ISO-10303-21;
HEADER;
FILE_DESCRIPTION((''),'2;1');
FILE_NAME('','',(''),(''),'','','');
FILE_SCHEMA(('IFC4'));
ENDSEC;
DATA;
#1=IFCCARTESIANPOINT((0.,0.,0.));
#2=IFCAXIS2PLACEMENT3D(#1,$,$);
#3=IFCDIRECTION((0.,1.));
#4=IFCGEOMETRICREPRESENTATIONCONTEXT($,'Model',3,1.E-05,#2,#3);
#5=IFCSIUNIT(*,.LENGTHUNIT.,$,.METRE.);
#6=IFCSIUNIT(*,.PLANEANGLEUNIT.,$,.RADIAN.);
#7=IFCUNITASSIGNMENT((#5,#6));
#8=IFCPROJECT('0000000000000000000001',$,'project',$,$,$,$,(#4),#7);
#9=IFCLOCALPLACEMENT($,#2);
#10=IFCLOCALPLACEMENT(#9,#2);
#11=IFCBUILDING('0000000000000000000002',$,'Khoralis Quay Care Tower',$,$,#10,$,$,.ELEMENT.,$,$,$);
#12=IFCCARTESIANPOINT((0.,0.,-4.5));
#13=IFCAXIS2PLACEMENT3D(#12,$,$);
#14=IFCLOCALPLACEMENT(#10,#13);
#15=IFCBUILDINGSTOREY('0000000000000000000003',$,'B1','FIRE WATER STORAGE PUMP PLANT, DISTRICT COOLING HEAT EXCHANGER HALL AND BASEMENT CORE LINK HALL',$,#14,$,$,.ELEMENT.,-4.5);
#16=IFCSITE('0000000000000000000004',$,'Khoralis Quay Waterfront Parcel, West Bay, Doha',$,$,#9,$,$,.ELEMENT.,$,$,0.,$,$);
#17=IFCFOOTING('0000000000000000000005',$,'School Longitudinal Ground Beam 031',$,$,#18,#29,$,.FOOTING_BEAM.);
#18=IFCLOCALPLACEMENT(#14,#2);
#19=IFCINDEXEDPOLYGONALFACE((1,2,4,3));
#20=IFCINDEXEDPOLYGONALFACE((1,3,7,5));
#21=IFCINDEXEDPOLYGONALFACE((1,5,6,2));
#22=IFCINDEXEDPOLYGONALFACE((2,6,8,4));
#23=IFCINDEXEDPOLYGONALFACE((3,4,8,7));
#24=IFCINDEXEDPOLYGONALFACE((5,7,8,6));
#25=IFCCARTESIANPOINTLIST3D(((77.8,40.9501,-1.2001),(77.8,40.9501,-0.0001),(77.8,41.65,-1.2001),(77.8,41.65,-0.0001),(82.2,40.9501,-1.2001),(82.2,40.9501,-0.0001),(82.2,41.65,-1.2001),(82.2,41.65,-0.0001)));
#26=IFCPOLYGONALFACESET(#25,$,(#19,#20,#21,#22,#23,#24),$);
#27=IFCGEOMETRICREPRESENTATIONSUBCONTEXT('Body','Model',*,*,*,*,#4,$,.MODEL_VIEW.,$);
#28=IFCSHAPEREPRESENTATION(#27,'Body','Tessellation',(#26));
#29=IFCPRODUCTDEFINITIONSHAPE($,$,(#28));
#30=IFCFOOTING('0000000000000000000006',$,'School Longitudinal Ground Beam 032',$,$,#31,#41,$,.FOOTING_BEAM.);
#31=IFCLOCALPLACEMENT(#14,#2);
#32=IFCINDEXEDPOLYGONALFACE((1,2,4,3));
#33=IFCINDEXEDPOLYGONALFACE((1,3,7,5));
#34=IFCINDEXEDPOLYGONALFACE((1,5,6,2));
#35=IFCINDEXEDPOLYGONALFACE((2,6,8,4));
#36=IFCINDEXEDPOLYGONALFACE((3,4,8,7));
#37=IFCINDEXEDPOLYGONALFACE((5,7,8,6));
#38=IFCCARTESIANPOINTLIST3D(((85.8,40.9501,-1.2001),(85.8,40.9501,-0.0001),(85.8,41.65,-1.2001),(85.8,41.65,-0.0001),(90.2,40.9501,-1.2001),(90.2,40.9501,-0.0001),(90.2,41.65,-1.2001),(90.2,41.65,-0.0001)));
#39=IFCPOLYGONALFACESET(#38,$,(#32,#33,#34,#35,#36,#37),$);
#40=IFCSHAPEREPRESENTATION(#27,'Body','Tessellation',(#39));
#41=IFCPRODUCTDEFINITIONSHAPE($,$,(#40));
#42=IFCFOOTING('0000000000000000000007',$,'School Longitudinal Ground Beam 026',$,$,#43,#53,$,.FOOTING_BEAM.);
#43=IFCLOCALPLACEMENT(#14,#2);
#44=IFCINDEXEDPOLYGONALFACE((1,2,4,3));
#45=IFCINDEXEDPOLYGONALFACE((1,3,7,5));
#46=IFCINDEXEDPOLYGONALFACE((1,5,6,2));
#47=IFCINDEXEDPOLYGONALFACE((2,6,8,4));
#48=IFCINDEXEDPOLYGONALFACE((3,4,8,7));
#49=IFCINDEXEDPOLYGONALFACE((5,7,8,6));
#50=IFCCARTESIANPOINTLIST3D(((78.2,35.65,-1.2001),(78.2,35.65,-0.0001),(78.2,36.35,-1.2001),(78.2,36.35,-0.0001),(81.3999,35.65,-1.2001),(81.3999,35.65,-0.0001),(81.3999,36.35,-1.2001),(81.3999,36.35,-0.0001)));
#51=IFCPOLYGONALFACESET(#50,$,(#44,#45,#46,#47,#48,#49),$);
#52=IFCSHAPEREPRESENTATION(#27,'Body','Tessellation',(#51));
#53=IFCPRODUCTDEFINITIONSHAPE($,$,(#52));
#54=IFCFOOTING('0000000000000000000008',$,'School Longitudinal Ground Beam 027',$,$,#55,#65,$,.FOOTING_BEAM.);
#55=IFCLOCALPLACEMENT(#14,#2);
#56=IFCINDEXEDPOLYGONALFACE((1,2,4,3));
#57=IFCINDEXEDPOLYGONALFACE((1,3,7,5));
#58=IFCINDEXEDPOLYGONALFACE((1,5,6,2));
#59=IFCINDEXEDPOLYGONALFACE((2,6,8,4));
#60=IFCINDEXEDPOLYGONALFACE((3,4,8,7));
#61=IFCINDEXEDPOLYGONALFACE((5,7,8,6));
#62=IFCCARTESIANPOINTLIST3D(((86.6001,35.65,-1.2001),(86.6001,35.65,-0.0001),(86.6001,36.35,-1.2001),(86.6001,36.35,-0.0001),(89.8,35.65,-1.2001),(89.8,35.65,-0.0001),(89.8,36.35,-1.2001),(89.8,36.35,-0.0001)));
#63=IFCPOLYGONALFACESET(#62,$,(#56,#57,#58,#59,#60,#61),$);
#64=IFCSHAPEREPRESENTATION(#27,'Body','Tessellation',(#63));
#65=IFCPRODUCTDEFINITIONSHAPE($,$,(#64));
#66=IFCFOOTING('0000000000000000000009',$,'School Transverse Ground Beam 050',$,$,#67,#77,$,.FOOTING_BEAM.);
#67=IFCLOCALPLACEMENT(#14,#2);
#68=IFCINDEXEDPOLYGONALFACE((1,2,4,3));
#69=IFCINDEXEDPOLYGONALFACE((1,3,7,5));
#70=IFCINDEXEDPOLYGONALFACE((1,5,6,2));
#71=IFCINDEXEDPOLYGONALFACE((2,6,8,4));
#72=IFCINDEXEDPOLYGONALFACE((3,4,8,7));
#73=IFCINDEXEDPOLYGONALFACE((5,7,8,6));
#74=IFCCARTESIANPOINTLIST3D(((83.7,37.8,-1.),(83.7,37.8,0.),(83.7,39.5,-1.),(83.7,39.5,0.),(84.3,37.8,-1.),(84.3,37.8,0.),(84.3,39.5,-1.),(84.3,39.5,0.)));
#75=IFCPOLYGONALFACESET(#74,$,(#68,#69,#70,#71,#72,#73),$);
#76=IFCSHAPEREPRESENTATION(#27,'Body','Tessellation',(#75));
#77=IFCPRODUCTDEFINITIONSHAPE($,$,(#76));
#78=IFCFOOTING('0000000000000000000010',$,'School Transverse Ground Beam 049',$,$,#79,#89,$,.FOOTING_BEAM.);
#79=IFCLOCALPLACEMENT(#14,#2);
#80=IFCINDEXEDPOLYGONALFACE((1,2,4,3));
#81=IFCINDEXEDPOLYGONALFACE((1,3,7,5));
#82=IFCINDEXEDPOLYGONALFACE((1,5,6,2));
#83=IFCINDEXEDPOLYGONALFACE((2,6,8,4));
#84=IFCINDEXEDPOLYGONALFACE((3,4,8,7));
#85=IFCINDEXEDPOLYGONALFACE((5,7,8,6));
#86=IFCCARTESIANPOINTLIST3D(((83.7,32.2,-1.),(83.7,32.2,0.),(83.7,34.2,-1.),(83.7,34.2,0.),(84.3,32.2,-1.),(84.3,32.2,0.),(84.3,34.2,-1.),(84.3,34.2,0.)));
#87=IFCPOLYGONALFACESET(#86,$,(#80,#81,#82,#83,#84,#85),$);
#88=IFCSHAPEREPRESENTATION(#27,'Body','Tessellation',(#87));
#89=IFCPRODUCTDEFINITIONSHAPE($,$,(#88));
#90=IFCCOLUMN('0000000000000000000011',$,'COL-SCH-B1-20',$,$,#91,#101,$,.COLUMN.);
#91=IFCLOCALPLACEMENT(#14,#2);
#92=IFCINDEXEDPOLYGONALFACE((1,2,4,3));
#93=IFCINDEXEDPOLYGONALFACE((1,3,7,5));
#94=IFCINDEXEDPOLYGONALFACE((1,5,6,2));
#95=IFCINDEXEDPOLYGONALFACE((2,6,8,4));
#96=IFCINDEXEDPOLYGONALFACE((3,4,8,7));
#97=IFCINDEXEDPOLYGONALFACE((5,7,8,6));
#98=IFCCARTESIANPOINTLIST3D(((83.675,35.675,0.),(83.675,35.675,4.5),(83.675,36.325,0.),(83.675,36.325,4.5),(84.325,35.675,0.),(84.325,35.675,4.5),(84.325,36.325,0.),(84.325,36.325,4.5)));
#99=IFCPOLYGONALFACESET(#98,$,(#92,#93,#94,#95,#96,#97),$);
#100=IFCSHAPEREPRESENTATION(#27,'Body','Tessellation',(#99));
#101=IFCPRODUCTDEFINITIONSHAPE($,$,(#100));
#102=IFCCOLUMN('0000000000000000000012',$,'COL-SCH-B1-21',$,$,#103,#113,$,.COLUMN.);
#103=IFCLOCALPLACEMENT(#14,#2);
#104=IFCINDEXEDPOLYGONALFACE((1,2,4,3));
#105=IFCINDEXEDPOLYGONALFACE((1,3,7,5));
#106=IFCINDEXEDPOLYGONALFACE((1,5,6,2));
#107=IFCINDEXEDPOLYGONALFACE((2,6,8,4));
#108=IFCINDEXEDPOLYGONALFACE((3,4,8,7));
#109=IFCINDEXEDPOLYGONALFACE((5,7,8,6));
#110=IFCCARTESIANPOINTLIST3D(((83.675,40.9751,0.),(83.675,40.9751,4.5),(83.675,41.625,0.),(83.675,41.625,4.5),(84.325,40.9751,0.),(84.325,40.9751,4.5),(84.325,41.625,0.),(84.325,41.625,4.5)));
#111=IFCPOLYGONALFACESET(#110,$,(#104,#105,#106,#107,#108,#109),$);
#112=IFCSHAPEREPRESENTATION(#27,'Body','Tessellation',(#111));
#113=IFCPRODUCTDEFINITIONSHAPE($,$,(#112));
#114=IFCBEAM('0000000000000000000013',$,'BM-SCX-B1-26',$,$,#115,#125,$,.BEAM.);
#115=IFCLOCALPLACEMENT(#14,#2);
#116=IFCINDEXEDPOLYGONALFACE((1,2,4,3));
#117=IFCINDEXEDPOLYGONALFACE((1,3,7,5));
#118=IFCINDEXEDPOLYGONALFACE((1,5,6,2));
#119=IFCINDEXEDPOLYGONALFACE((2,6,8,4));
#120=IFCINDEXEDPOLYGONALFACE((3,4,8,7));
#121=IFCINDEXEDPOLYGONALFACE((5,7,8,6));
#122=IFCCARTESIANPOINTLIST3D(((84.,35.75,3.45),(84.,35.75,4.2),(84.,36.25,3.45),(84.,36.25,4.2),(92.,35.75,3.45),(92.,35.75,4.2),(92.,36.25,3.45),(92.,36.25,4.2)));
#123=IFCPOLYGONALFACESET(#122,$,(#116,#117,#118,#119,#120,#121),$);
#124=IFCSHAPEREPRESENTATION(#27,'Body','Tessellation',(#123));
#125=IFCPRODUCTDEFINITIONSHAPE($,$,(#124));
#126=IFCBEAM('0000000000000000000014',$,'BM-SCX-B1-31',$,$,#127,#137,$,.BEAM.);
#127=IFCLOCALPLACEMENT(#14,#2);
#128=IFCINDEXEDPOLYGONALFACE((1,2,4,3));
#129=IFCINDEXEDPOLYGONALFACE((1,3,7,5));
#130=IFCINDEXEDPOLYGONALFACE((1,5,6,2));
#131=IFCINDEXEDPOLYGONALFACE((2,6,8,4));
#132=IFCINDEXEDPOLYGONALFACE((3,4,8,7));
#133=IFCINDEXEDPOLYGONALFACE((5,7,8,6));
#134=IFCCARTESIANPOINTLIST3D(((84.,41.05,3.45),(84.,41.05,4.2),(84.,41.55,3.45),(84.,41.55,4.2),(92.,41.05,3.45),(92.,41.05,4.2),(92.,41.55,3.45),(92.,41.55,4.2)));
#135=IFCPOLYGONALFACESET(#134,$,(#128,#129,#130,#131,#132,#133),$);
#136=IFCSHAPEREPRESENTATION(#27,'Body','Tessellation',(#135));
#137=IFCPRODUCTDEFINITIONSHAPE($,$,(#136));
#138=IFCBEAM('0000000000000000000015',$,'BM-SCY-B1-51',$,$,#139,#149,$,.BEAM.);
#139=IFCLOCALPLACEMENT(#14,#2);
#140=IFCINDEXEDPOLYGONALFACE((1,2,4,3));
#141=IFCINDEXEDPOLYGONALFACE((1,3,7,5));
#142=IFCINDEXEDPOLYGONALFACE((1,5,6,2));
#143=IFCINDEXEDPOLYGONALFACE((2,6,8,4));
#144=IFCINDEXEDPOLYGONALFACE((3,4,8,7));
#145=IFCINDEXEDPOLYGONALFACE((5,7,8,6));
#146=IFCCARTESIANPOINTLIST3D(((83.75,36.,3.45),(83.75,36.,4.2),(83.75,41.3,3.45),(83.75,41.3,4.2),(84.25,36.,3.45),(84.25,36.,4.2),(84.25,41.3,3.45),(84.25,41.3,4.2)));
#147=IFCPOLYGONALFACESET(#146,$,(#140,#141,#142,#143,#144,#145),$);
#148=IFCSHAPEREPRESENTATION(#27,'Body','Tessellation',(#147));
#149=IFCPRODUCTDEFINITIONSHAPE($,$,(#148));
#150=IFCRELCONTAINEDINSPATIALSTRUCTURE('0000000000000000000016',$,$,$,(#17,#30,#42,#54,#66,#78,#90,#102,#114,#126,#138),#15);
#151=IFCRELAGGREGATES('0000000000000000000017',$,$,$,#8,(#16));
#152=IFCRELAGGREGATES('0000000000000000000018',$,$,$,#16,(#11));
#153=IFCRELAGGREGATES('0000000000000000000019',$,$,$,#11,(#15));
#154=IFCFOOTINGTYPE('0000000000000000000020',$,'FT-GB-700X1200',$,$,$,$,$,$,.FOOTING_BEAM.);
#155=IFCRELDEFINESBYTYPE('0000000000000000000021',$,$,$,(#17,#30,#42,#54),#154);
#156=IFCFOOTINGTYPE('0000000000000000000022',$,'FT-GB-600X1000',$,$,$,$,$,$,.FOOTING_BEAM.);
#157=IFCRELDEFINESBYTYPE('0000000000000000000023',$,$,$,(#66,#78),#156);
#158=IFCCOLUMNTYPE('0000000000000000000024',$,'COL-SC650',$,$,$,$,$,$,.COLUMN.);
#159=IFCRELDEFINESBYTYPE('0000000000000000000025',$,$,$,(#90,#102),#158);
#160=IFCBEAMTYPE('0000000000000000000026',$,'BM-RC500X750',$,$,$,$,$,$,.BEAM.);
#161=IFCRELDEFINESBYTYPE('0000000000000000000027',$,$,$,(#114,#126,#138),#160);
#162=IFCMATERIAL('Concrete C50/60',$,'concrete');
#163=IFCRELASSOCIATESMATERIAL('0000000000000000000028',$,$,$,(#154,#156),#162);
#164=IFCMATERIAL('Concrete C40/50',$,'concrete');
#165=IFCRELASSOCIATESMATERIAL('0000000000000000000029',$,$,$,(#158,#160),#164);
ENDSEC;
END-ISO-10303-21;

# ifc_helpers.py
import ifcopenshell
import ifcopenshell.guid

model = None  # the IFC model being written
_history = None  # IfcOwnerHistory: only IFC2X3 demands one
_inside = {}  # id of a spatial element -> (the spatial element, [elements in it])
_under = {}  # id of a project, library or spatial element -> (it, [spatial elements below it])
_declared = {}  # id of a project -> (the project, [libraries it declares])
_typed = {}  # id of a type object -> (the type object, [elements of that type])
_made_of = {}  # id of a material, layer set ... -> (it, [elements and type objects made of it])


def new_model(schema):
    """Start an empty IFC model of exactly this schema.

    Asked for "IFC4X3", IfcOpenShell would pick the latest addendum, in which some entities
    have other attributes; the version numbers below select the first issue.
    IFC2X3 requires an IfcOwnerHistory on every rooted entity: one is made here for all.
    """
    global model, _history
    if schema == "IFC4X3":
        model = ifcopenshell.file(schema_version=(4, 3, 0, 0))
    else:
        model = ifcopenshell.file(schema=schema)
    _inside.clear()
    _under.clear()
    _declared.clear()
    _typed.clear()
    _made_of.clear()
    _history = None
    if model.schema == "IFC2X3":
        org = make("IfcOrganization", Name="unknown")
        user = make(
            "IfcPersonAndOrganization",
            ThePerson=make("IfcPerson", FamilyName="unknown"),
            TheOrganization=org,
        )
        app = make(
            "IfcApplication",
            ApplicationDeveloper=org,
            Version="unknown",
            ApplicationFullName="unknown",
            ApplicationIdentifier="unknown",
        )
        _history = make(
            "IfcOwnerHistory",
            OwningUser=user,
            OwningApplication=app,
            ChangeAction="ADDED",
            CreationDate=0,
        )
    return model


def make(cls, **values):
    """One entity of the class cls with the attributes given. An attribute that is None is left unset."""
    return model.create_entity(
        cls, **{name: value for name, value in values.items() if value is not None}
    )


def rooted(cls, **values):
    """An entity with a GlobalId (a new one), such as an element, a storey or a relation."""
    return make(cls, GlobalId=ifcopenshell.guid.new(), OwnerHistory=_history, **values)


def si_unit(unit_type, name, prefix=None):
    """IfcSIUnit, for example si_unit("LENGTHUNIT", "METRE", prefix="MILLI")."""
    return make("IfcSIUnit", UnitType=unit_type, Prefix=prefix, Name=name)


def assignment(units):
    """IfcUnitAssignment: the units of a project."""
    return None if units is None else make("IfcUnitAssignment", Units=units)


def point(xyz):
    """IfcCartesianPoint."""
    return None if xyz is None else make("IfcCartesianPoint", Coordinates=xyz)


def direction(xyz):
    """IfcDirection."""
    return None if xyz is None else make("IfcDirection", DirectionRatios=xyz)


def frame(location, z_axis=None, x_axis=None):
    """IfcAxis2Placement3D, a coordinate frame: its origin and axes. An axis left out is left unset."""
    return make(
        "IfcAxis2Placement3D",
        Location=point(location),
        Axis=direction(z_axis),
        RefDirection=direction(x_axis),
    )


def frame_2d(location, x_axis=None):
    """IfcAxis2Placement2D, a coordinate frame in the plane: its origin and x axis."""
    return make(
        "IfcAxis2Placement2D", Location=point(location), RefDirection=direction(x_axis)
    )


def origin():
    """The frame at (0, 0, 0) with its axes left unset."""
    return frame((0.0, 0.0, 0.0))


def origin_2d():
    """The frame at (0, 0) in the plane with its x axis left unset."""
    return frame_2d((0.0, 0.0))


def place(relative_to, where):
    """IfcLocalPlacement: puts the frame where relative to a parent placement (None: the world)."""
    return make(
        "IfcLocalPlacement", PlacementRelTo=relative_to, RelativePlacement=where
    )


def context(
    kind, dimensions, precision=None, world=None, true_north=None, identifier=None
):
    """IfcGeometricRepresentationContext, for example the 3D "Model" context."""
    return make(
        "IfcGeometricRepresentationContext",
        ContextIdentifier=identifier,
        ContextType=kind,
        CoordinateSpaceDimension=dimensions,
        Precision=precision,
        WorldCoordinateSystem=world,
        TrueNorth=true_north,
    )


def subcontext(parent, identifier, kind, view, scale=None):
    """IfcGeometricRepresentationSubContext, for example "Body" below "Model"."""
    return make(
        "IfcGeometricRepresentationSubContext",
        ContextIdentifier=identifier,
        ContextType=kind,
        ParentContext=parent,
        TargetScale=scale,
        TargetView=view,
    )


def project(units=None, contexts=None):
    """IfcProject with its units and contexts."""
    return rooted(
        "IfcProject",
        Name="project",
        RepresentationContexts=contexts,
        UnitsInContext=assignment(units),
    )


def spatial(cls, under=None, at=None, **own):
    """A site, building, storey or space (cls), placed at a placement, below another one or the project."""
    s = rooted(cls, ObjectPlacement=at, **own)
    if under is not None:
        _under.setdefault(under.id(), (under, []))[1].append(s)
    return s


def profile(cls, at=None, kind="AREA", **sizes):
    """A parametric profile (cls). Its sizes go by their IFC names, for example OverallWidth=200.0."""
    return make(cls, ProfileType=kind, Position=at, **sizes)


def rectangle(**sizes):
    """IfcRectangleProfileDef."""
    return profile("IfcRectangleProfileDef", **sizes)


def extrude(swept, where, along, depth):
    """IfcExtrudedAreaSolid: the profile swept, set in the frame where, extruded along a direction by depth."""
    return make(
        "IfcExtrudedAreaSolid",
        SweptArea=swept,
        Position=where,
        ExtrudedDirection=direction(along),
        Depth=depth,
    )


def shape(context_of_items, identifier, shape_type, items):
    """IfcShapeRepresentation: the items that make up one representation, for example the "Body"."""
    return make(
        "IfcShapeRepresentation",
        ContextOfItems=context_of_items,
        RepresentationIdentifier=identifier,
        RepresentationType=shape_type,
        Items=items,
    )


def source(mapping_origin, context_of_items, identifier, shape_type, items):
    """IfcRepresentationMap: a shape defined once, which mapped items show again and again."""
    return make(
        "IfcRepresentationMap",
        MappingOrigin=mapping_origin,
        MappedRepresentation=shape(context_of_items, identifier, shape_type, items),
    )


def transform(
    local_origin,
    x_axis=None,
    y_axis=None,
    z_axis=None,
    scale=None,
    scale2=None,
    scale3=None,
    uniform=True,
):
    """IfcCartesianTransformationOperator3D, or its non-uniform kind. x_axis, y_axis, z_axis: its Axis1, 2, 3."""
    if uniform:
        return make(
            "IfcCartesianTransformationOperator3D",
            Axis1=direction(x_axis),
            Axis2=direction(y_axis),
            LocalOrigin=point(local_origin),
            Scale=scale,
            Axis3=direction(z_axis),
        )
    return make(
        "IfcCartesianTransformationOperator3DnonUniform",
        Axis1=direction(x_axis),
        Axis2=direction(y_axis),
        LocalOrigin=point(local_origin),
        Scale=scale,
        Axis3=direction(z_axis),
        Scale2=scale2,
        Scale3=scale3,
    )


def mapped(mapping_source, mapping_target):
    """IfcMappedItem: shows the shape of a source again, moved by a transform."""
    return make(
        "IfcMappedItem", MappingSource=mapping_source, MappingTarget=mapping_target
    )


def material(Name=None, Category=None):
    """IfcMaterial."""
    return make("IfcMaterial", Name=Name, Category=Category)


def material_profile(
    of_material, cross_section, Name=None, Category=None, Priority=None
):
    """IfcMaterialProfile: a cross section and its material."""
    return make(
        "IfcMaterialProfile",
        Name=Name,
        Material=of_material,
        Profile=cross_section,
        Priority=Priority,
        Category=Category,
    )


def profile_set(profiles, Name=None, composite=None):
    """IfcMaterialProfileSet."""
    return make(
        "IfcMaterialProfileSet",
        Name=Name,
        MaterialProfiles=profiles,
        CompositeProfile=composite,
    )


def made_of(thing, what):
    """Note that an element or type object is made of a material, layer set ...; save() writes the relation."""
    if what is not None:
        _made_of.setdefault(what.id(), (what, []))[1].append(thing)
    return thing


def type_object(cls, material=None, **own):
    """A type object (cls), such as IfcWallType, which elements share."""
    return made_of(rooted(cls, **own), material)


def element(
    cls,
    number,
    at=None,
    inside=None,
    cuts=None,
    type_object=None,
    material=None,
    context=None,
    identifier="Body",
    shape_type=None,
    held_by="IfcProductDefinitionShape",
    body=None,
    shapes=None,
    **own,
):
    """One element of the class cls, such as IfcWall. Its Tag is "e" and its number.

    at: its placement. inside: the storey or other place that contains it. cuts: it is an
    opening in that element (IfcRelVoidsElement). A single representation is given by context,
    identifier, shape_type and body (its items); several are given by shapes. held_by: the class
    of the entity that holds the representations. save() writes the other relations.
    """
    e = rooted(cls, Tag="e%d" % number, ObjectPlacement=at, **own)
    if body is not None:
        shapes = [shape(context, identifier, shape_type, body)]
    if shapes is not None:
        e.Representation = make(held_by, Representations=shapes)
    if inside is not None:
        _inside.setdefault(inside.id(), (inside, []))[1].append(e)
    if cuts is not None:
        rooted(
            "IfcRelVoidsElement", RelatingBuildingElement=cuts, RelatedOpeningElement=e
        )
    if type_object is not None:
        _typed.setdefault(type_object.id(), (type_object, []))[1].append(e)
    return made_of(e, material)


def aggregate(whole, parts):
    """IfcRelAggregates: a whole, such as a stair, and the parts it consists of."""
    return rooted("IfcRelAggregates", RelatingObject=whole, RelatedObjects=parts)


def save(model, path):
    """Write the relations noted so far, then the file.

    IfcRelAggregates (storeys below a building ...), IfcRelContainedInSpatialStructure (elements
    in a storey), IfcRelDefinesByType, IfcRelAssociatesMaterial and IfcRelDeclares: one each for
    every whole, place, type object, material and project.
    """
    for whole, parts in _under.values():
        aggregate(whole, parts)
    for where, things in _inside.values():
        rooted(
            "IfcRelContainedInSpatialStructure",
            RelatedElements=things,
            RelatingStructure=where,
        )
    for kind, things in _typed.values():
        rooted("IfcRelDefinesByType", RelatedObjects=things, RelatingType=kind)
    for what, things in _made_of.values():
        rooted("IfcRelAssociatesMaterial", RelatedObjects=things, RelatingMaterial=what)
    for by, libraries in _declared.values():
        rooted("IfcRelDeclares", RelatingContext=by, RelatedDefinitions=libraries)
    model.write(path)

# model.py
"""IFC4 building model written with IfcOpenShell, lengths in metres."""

from ifc_helpers import new_model, si_unit, direction, frame, origin, origin_2d, place, context, subcontext, project, spatial, rectangle, extrude, source, transform, mapped, material, material_profile, profile_set, type_object, element, save


model = new_model("IFC4")

# Units and contexts
model_context = context("Model", 3, precision=1e-05, world=origin(), true_north=direction((0.0, 1.0)))
body_context = subcontext(model_context, "Body", "Model", "MODEL_VIEW")
ifc_project = project(units=[si_unit("LENGTHUNIT", "METRE"), si_unit("PLANEANGLEUNIT", "RADIAN")], contexts=[model_context])

# Site, building, storey
site_placement = place(None, origin())
site = spatial("IfcSite", under=ifc_project, at=site_placement, Name="Khoralis Quay Waterfront Parcel, West Bay, Doha", CompositionType="ELEMENT", RefElevation=0.0)
building_placement = place(site_placement, origin())
building = spatial("IfcBuilding", under=site, at=building_placement, Name="Khoralis Quay Care Tower", CompositionType="ELEMENT")
storey_placement = place(building_placement, frame((0.0, 0.0, -4.5)))
storey = spatial("IfcBuildingStorey", under=building, at=storey_placement, Name="B1", Description="FIRE WATER STORAGE PUMP PLANT, DISTRICT COOLING HEAT EXCHANGER HALL AND BASEMENT CORE LINK HALL", CompositionType="ELEMENT", Elevation=-4.5)

# Shared definitions
ifc_material_1 = material(Name="Concrete C50/60", Category="concrete")

# Footings
ifc_material_profile_1 = material_profile(ifc_material_1, rectangle(XDim=0.7, YDim=1.2, at=origin_2d()), Name="Concrete C50/60")
ifc_profile_set_1 = profile_set([ifc_material_profile_1], Name="Concrete C50/60")
footing_type_1 = type_object("IfcFootingType", Name="FT-GB-700X1200", PredefinedType="FOOTING_BEAM", material=ifc_profile_set_1)
shared_shape_1 = source(origin(), body_context, "Body", "SweptSolid", [
    extrude(rectangle(XDim=0.7, YDim=1.2, at=origin_2d()), origin(), (0.0, 0.0, 1.0), 4.3999),
])
for number, where, z_axis, x_axis, name in (
    (1, (77.8, 41.3, -0.6001), (1.0, 0.0, 0.0), (0.0, 1.0, 0.0), "School Longitudinal Ground Beam 031"),
    (2, (85.8, 41.3, -0.6001), (1.0, 0.0, 0.0), (0.0, 1.0, 0.0), "School Longitudinal Ground Beam 032"),
):
    element("IfcFooting", number, at=place(storey_placement, frame(where, z_axis=z_axis, x_axis=x_axis)), inside=storey, type_object=footing_type_1, Name=name, PredefinedType="FOOTING_BEAM", context=body_context, shape_type="MappedRepresentation", body=[
        mapped(shared_shape_1, transform((0.0, 0.0, 0.0), scale=1.0)),
    ])
shared_shape_2 = source(origin(), body_context, "Body", "SweptSolid", [
    extrude(rectangle(XDim=0.7, YDim=1.2, at=origin_2d()), origin(), (0.0, 0.0, 1.0), 3.2),
])
for number, where, z_axis, x_axis, name in (
    (3, (78.2, 36.0, -0.6001), (1.0, 0.0, 0.0), (0.0, 1.0, 0.0), "School Longitudinal Ground Beam 026"),
    (4, (86.6001, 36.0, -0.6001), (1.0, 0.0, 0.0), (0.0, 1.0, 0.0), "School Longitudinal Ground Beam 027"),
):
    element("IfcFooting", number, at=place(storey_placement, frame(where, z_axis=z_axis, x_axis=x_axis)), inside=storey, type_object=footing_type_1, Name=name, PredefinedType="FOOTING_BEAM", context=body_context, shape_type="MappedRepresentation", body=[
        mapped(shared_shape_2, transform((0.0, 0.0, 0.0), scale=1.0)),
    ])
ifc_material_profile_2 = material_profile(ifc_material_1, rectangle(XDim=0.6001, YDim=1.0, at=origin_2d()), Name="Concrete C50/60")
ifc_profile_set_2 = profile_set([ifc_material_profile_2], Name="Concrete C50/60")
footing_type_2 = type_object("IfcFootingType", Name="FT-GB-600X1000", PredefinedType="FOOTING_BEAM", material=ifc_profile_set_2)
shared_shape_3 = source(origin(), body_context, "Body", "SweptSolid", [
    extrude(rectangle(XDim=0.6001, YDim=1.0, at=origin_2d()), origin(), (0.0, 0.0, 1.0), 1.7),
])
footing_1_placement = place(storey_placement, frame((84.0, 37.8, -0.5), z_axis=(0.0, 1.0, 0.0), x_axis=(-1.0, 0.0, 0.0)))
element("IfcFooting", 5, at=footing_1_placement, inside=storey, type_object=footing_type_2, Name="School Transverse Ground Beam 050", PredefinedType="FOOTING_BEAM", context=body_context, shape_type="MappedRepresentation", body=[
    mapped(shared_shape_3, transform((0.0, 0.0, 0.0), scale=1.0)),
])
shared_shape_4 = source(origin(), body_context, "Body", "SweptSolid", [
    extrude(rectangle(XDim=0.6001, YDim=1.0, at=origin_2d()), origin(), (0.0, 0.0, 1.0), 2.0),
])
footing_2_placement = place(storey_placement, frame((84.0, 32.2, -0.5), z_axis=(0.0, 1.0, 0.0), x_axis=(-1.0, 0.0, 0.0)))
element("IfcFooting", 6, at=footing_2_placement, inside=storey, type_object=footing_type_2, Name="School Transverse Ground Beam 049", PredefinedType="FOOTING_BEAM", context=body_context, shape_type="MappedRepresentation", body=[
    mapped(shared_shape_4, transform((0.0, 0.0, 0.0), scale=1.0)),
])

# Columns
ifc_material_2 = material(Name="Concrete C40/50", Category="concrete")
ifc_material_profile_3 = material_profile(ifc_material_2, rectangle(XDim=0.6499, YDim=0.6499, at=origin_2d()), Name="Concrete C40/50")
ifc_profile_set_3 = profile_set([ifc_material_profile_3], Name="Concrete C40/50")
column_type = type_object("IfcColumnType", Name="COL-SC650", PredefinedType="COLUMN", material=ifc_profile_set_3)
shared_shape_5 = source(origin(), body_context, "Body", "SweptSolid", [
    extrude(rectangle(XDim=0.6499, YDim=0.6499, at=origin_2d()), origin(), (0.0, 0.0, 1.0), 4.5),
])
for number, where, z_axis, x_axis, name in (
    (7, (84.0, 36.0, 0.0), (0.0, 0.0, 1.0), (1.0, 0.0, 0.0), "COL-SCH-B1-20"),
    (8, (84.0, 41.3, 0.0), (0.0, 0.0, 1.0), (1.0, 0.0, 0.0), "COL-SCH-B1-21"),
):
    element("IfcColumn", number, at=place(storey_placement, frame(where, z_axis=z_axis, x_axis=x_axis)), inside=storey, type_object=column_type, Name=name, PredefinedType="COLUMN", context=body_context, shape_type="MappedRepresentation", body=[
        mapped(shared_shape_5, transform((0.0, 0.0, 0.0), scale=1.0)),
    ])

# Beams
ifc_material_profile_4 = material_profile(ifc_material_2, rectangle(XDim=0.5, YDim=0.75, at=origin_2d()), Name="Concrete C40/50")
ifc_profile_set_4 = profile_set([ifc_material_profile_4], Name="Concrete C40/50")
beam_type_1 = type_object("IfcBeamType", Name="BM-RC500X750", PredefinedType="BEAM", material=ifc_profile_set_4)
shared_shape_6 = source(origin(), body_context, "Body", "SweptSolid", [
    extrude(rectangle(XDim=0.5, YDim=0.75, at=origin_2d()), origin(), (0.0, 0.0, 1.0), 8.0),
])
for number, where, z_axis, x_axis, name in (
    (9, (84.0, 36.0, 3.825), (1.0, 0.0, 0.0), (0.0, 1.0, 0.0), "BM-SCX-B1-26"),
    (10, (84.0, 41.3, 3.825), (1.0, 0.0, 0.0), (0.0, 1.0, 0.0), "BM-SCX-B1-31"),
):
    element("IfcBeam", number, at=place(storey_placement, frame(where, z_axis=z_axis, x_axis=x_axis)), inside=storey, type_object=beam_type_1, Name=name, PredefinedType="BEAM", context=body_context, shape_type="MappedRepresentation", body=[
        mapped(shared_shape_6, transform((0.0, 0.0, 0.0), scale=1.0)),
    ])
shared_shape_7 = source(origin(), body_context, "Body", "SweptSolid", [
    extrude(rectangle(XDim=0.5, YDim=0.75, at=origin_2d()), origin(), (0.0, 0.0, 1.0), 5.3),
])
beam_1_placement = place(storey_placement, frame((84.0, 36.0, 3.825), z_axis=(0.0, 1.0, 0.0), x_axis=(-1.0, 0.0, 0.0)))
element("IfcBeam", 11, at=beam_1_placement, inside=storey, type_object=beam_type_1, Name="BM-SCY-B1-51", PredefinedType="BEAM", context=body_context, shape_type="MappedRepresentation", body=[
    mapped(shared_shape_7, transform((0.0, 0.0, 0.0), scale=1.0)),
])

save(model, "model.ifc")
